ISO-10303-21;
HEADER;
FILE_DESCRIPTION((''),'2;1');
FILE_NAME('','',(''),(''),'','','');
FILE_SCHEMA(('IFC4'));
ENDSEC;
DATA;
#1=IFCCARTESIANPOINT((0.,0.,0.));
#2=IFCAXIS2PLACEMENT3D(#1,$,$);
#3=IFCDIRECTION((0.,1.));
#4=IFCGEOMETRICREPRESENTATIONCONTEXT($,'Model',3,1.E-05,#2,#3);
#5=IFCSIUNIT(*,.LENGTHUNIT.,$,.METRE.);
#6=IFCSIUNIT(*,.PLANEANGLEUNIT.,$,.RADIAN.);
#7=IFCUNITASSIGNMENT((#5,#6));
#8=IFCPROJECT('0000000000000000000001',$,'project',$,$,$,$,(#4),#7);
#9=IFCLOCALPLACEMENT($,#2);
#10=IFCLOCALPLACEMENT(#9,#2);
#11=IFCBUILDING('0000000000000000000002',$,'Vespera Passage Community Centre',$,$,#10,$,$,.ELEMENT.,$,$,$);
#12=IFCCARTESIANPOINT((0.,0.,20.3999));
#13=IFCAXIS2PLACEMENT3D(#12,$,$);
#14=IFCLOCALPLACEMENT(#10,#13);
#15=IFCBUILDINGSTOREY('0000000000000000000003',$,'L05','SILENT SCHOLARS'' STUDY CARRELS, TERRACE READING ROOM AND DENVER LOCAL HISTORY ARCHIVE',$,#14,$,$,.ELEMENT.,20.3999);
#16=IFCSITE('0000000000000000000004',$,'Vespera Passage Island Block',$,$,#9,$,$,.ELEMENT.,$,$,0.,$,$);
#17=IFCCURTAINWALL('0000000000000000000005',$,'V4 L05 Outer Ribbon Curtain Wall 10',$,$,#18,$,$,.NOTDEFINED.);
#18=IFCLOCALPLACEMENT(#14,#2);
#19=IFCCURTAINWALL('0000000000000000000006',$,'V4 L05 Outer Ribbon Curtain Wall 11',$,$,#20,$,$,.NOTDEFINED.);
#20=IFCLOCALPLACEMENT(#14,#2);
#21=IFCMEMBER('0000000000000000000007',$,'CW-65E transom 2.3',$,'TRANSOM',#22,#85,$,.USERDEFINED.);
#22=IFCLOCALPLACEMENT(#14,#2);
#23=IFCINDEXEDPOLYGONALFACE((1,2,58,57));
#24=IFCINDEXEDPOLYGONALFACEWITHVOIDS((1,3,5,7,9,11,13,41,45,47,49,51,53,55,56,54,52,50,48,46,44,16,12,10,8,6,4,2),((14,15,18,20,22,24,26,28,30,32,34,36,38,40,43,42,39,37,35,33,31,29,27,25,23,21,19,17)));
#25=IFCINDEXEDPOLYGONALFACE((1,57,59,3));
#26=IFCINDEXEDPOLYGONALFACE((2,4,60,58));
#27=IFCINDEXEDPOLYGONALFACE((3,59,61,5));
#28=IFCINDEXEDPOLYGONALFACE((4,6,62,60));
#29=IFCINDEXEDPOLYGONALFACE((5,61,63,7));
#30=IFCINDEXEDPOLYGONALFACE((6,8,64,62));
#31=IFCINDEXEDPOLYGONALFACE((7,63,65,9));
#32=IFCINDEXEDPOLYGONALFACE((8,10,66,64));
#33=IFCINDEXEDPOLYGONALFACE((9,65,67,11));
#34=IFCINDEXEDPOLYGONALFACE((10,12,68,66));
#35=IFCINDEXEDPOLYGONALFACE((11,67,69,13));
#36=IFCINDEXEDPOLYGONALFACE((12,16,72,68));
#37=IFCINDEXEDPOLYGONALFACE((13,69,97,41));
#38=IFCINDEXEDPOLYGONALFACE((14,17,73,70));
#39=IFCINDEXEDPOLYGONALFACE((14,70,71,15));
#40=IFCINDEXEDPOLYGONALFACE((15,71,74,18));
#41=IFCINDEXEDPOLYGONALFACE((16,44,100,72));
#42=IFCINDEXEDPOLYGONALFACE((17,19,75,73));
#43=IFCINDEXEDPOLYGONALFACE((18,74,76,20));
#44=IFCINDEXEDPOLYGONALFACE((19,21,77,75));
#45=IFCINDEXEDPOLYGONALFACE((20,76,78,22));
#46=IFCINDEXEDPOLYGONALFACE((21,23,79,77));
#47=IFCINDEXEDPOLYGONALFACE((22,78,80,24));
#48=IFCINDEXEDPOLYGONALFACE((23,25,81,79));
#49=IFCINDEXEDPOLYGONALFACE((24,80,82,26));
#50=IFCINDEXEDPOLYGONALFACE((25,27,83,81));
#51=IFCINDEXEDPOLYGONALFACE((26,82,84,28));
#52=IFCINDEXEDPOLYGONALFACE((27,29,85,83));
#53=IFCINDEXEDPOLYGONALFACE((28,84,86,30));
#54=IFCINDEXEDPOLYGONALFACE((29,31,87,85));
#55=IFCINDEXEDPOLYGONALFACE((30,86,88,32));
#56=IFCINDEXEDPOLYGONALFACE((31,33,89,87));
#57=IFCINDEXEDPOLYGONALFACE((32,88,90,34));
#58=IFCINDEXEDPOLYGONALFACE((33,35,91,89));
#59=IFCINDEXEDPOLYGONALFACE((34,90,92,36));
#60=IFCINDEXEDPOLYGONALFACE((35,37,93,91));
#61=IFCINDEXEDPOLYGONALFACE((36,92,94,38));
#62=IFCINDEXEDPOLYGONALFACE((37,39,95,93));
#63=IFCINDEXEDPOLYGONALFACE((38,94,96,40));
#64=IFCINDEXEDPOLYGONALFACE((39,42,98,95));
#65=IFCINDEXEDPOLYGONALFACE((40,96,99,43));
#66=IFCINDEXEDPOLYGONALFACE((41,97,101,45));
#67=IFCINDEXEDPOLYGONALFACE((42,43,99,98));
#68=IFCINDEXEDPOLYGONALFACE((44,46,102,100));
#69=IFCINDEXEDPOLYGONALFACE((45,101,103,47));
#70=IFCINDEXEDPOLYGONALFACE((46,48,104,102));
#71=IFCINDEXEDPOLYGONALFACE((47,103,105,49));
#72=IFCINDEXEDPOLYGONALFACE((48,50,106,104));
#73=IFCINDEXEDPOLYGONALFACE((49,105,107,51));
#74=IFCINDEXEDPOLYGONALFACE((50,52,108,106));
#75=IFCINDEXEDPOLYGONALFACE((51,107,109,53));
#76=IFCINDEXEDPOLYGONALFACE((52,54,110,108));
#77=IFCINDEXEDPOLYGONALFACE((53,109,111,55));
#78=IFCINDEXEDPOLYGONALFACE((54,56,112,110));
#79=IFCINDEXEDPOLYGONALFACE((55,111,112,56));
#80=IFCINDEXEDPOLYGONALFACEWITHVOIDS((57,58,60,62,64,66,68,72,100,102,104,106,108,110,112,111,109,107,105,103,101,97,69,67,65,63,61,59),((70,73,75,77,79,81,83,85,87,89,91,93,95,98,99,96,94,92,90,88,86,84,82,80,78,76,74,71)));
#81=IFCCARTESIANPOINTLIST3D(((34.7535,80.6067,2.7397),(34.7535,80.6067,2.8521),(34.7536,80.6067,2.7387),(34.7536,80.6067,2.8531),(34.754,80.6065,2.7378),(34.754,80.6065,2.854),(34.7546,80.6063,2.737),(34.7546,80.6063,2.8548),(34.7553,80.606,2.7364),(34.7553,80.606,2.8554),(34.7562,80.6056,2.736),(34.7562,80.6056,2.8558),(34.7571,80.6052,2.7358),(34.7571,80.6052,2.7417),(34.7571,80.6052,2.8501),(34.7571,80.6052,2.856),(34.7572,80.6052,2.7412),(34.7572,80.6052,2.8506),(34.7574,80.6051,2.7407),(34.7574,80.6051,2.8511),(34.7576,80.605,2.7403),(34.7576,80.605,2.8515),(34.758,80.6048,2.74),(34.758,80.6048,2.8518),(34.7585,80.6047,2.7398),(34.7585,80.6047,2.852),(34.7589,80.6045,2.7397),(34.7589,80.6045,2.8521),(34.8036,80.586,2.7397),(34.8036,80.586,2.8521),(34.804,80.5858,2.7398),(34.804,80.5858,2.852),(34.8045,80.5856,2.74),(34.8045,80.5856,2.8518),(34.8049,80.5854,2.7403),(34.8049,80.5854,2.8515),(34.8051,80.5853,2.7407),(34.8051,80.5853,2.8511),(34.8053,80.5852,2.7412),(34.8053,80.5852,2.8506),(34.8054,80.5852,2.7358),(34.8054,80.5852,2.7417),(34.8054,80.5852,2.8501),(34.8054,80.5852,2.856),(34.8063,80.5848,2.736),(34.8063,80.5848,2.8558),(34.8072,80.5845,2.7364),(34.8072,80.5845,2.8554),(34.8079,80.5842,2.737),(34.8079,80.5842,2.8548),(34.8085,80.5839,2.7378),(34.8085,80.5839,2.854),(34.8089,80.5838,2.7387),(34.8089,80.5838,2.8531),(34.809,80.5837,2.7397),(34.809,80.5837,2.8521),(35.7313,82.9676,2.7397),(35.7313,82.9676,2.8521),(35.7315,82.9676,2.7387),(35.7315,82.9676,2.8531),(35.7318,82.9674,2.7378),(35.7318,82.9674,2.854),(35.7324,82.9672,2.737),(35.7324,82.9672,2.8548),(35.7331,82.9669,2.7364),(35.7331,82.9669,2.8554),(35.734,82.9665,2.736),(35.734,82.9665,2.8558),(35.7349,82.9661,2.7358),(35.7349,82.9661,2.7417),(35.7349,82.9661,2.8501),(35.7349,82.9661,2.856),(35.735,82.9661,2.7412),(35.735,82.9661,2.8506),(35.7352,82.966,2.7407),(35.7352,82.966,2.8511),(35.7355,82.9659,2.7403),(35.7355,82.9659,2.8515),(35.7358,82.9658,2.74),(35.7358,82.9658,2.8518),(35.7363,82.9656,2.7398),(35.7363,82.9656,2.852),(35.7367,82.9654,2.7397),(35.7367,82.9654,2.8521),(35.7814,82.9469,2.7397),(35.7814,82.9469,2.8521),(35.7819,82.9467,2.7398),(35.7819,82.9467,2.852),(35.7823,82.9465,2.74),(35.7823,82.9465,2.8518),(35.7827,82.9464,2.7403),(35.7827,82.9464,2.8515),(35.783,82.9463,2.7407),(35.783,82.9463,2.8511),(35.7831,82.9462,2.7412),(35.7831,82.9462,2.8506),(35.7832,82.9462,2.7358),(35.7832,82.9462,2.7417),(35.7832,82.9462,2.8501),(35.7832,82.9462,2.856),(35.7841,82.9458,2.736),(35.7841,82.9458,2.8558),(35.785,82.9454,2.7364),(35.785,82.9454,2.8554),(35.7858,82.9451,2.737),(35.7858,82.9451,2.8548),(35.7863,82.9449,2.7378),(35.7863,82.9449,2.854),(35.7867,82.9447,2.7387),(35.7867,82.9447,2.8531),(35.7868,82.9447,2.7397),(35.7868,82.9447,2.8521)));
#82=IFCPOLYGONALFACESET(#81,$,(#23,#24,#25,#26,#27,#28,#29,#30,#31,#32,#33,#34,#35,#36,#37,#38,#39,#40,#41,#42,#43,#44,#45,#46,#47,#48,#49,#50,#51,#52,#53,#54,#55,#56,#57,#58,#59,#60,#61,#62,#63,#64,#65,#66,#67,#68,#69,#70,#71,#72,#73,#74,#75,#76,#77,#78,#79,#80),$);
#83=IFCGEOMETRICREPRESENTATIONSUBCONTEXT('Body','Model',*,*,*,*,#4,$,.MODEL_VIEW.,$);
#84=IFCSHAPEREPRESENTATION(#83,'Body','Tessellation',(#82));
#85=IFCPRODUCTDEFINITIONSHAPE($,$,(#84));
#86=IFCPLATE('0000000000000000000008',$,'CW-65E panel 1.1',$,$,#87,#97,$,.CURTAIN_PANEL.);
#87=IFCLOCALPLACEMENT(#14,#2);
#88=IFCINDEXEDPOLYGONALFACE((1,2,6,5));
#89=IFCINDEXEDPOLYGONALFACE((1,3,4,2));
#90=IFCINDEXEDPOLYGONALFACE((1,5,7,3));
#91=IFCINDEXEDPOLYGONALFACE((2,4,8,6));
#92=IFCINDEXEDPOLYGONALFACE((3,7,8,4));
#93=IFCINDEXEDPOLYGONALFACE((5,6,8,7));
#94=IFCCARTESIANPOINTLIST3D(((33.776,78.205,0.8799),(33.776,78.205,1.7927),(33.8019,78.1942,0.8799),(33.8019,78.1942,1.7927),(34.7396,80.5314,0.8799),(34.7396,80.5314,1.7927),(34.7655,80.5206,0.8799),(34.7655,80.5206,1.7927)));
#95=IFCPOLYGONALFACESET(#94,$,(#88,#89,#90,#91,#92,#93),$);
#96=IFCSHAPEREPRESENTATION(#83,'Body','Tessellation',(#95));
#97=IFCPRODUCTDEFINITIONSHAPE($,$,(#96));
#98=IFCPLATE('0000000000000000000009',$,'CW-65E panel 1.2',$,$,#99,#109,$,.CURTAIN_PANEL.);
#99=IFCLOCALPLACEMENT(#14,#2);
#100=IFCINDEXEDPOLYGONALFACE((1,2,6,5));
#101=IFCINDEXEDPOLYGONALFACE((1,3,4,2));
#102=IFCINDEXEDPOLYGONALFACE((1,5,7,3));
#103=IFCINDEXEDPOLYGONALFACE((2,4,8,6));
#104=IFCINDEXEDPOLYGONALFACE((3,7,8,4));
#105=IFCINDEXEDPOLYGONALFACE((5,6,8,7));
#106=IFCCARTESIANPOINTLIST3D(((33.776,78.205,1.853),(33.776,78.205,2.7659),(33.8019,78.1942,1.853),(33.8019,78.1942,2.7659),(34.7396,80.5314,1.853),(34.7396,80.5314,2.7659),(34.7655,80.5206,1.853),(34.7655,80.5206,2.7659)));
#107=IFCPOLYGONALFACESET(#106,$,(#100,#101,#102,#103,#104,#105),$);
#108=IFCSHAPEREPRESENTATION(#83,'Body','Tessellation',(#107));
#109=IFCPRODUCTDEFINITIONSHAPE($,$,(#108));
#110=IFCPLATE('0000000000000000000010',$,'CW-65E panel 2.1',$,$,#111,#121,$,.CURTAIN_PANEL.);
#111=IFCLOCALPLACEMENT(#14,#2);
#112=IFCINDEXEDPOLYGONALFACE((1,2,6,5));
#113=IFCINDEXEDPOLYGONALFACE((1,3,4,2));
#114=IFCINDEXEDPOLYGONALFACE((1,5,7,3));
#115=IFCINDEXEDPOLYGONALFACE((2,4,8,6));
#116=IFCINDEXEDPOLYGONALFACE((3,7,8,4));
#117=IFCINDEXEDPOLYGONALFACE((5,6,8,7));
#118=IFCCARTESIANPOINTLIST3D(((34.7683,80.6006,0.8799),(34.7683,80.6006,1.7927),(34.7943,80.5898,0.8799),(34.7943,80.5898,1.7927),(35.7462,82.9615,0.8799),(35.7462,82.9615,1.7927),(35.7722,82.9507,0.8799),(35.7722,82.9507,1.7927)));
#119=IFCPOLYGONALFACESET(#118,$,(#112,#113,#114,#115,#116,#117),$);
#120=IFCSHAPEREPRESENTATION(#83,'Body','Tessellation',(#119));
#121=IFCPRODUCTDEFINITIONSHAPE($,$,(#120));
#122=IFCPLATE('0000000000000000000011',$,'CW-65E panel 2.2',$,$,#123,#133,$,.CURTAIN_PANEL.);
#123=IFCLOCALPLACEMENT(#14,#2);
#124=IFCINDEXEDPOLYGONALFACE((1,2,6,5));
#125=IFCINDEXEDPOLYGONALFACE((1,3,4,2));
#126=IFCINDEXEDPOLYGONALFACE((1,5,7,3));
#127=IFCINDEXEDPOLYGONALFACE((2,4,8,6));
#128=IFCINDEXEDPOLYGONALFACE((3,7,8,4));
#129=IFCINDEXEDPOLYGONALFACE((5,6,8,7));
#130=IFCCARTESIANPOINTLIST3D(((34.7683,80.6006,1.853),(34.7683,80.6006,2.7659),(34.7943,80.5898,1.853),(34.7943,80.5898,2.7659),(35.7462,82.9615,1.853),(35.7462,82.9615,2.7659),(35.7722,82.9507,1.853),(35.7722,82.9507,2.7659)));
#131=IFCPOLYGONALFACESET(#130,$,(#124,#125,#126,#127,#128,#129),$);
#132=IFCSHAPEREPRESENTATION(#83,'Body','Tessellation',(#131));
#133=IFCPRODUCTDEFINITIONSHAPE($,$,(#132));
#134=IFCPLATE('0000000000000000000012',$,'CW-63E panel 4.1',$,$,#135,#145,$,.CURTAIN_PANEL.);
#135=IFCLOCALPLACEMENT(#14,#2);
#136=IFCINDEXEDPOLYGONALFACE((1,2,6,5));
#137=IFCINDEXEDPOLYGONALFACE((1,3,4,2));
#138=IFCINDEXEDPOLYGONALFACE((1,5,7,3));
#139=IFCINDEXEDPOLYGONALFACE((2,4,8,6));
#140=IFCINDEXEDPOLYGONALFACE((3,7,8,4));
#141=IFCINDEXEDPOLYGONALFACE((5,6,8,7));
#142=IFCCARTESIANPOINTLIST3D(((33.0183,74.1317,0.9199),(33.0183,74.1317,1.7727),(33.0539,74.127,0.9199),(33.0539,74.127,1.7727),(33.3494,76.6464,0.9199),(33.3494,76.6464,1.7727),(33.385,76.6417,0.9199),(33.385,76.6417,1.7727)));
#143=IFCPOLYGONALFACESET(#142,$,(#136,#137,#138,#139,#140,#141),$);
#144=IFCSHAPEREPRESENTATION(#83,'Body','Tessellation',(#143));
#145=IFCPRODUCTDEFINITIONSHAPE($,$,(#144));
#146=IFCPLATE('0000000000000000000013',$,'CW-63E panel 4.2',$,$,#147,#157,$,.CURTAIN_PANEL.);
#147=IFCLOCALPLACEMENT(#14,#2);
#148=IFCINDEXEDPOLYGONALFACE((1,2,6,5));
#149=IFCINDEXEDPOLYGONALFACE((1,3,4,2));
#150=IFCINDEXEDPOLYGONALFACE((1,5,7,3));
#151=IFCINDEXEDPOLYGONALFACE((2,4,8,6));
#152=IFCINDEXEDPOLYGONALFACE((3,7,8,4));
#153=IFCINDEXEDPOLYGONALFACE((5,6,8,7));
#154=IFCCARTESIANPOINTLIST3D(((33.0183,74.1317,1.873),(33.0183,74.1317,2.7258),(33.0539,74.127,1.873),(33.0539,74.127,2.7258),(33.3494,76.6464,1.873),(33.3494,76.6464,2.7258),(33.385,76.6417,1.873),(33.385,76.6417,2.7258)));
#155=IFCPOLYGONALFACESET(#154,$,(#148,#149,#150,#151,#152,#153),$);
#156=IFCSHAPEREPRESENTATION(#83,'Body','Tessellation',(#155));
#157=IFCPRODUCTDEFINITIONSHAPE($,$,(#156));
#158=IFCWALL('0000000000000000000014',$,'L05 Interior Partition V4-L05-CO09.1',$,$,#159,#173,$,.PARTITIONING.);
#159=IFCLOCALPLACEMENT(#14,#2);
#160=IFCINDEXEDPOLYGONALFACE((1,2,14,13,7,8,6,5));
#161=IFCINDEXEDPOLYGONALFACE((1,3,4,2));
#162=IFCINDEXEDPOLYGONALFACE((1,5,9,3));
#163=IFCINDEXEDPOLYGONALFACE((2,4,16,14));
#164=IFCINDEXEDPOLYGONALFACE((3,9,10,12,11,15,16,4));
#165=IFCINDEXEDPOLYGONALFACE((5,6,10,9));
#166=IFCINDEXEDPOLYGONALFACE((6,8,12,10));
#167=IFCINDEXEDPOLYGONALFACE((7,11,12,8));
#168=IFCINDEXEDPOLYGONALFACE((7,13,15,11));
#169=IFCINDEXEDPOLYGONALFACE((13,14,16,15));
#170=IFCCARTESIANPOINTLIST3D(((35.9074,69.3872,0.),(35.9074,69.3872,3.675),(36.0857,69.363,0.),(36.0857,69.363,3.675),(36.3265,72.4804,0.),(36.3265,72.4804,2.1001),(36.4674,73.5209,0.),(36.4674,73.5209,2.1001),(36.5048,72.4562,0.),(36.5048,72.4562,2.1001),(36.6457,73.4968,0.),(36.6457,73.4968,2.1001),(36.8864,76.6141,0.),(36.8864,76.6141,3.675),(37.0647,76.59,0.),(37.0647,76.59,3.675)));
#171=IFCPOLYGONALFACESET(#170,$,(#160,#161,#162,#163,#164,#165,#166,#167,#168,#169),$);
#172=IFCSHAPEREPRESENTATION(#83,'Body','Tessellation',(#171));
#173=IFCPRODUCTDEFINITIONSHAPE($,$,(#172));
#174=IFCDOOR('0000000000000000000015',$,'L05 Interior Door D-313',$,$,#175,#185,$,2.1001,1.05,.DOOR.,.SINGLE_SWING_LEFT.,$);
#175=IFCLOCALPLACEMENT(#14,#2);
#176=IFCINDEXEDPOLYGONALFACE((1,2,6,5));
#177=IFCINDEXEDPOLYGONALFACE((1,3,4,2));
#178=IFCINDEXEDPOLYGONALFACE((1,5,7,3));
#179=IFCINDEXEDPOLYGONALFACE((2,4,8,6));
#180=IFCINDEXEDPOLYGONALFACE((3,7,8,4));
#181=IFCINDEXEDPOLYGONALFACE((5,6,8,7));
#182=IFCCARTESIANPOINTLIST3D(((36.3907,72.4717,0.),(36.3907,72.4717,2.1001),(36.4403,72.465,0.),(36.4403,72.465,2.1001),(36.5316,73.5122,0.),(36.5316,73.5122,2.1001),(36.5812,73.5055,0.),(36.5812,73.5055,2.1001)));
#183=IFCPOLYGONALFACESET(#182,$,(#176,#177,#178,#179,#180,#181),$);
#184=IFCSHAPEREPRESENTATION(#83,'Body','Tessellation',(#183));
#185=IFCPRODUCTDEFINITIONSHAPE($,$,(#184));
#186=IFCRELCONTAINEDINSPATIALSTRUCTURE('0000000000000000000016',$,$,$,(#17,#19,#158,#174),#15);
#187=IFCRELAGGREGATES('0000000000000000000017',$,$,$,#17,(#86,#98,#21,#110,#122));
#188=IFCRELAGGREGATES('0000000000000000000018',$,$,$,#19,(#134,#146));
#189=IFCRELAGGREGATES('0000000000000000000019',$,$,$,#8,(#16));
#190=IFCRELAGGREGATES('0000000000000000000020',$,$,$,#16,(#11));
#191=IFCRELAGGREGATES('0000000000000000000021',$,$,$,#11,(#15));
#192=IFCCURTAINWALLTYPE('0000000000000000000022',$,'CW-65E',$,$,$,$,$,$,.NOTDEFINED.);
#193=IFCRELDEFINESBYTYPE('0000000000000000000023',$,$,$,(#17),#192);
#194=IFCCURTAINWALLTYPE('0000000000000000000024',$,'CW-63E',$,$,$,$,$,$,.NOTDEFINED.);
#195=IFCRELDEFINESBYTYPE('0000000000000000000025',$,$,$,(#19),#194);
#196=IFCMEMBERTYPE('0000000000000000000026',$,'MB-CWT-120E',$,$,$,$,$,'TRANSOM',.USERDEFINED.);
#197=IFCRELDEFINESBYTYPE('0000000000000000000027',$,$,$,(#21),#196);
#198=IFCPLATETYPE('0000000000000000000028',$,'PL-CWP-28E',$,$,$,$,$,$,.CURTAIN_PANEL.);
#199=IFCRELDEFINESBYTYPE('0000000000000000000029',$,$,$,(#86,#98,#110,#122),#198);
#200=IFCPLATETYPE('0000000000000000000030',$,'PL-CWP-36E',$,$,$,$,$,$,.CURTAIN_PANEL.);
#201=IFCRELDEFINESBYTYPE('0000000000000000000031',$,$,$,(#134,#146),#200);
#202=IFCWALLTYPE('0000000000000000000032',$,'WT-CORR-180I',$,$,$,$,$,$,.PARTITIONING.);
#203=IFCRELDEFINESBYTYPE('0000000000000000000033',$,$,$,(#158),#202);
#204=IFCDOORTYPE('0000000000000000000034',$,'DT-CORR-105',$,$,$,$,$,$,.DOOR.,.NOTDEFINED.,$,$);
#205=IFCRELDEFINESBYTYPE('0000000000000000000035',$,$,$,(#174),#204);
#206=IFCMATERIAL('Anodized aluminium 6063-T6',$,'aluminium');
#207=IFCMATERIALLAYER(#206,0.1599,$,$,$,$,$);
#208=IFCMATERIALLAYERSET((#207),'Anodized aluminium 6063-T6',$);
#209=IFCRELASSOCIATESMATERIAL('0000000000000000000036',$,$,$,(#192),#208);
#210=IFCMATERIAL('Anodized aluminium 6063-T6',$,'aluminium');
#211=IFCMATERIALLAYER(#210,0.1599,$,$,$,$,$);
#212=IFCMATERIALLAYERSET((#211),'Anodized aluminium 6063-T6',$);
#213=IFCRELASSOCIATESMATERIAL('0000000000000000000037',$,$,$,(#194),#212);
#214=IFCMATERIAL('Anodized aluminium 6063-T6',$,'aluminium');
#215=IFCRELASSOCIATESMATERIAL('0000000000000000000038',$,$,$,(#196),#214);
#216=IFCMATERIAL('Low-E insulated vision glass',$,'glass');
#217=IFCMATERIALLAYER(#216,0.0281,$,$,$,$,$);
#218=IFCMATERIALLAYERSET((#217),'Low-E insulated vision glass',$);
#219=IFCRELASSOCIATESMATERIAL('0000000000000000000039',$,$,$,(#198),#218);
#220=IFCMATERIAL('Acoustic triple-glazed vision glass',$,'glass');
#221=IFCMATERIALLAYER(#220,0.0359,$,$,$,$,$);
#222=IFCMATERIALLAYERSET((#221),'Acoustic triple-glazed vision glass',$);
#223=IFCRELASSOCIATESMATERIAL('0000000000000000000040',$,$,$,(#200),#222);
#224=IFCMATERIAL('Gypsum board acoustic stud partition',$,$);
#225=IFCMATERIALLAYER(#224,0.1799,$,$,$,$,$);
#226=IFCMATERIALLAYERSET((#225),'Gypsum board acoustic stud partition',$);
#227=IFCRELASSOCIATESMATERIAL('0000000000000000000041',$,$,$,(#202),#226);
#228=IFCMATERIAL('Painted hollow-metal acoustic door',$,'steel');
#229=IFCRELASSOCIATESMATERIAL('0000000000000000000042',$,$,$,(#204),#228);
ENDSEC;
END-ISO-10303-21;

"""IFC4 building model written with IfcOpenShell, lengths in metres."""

from ifc_helpers import new_model, si_unit, direction, frame, frame_2d, origin, origin_2d, place, context, subcontext, project, spatial, rectangle, hollow_rectangle, extrude, material, layer, layer_set, material_profile, profile_set, type_object, element, fill, aggregate, save


model = new_model("IFC4")

# Units and contexts
model_context = context("Model", 3, precision=1e-05, world=origin(), true_north=direction((0.0, 1.0)))
body_context = subcontext(model_context, "Body", "Model", "MODEL_VIEW")
ifc_project = project(units=[si_unit("LENGTHUNIT", "METRE"), si_unit("PLANEANGLEUNIT", "RADIAN")], contexts=[model_context])

# Site, building, storey
site_placement = place(None, origin())
site = spatial("IfcSite", under=ifc_project, at=site_placement, Name="Vespera Passage Island Block", CompositionType="ELEMENT", RefElevation=0.0)
building_placement = place(site_placement, origin())
building = spatial("IfcBuilding", under=site, at=building_placement, Name="Vespera Passage Community Centre", CompositionType="ELEMENT")
storey_placement = place(building_placement, frame((0.0, 0.0, 20.3999)))
storey = spatial("IfcBuildingStorey", under=building, at=storey_placement, Name="L05", Description="SILENT SCHOLARS' STUDY CARRELS, TERRACE READING ROOM AND DENVER LOCAL HISTORY ARCHIVE", CompositionType="ELEMENT", Elevation=20.3999)

# Curtain wall
ifc_material_1 = material(Name="Anodized aluminium 6063-T6", Category="aluminium")
ifc_layer_1 = layer(ifc_material_1, 0.1599)
ifc_layer_set_1 = layer_set([ifc_layer_1], Name="Anodized aluminium 6063-T6")
curtain_wall_type_1 = type_object("IfcCurtainWallType", Name="CW-65E", PredefinedType="NOTDEFINED", material=ifc_layer_set_1)
curtain_wall_1_placement = place(storey_placement, origin())
curtain_wall_1 = element("IfcCurtainWall", 1, at=curtain_wall_1_placement, inside=storey, type_object=curtain_wall_type_1, Name="V4 L05 Outer Ribbon Curtain Wall 10", PredefinedType="NOTDEFINED")

# Curtain wall
ifc_material_2 = material(Name="Anodized aluminium 6063-T6", Category="aluminium")
ifc_layer_2 = layer(ifc_material_2, 0.1599)
ifc_layer_set_2 = layer_set([ifc_layer_2], Name="Anodized aluminium 6063-T6")
curtain_wall_type_2 = type_object("IfcCurtainWallType", Name="CW-63E", PredefinedType="NOTDEFINED", material=ifc_layer_set_2)
curtain_wall_2_placement = place(storey_placement, origin())
curtain_wall_2 = element("IfcCurtainWall", 2, at=curtain_wall_2_placement, inside=storey, type_object=curtain_wall_type_2, Name="V4 L05 Outer Ribbon Curtain Wall 11", PredefinedType="NOTDEFINED")

# Member
ifc_material_3 = material(Name="Anodized aluminium 6063-T6", Category="aluminium")
ifc_material_profile_1 = material_profile(ifc_material_3, hollow_rectangle(XDim=0.0601, YDim=0.1201, WallThickness=0.0039, InnerFilletRadius=0.002, OuterFilletRadius=0.0039, at=origin_2d()), Name="ALU120X60X4")
ifc_profile_set_1 = profile_set([ifc_material_profile_1], Name="Anodized aluminium 6063-T6")
member_type_1 = type_object("IfcMemberType", Name="MB-CWT-120E", ElementType="TRANSOM", PredefinedType="USERDEFINED", material=ifc_profile_set_1)
member_1_placement = place(storey_placement, frame((34.7812, 80.5952, 2.7959), z_axis=(0.382647, 0.923895, 0.0), x_axis=(-0.923895, 0.382647, 0.0)))
member_1 = element("IfcMember", 3, at=member_1_placement, type_object=member_type_1, Name="CW-65E transom 2.3", ObjectType="TRANSOM", PredefinedType="USERDEFINED", context=body_context, shape_type="SweptSolid", body=[
    extrude(hollow_rectangle(XDim=0.0601, YDim=0.1201, WallThickness=0.0039, InnerFilletRadius=0.002, OuterFilletRadius=0.0039, at=origin_2d()), origin(), (0.0, 0.0, 1.0), 2.5554),
])

# Plates
ifc_material_4 = material(Name="Low-E insulated vision glass", Category="glass")
ifc_layer_3 = layer(ifc_material_4, 0.0281)
ifc_layer_set_3 = layer_set([ifc_layer_3], Name="Low-E insulated vision glass")
plate_type_1 = type_object("IfcPlateType", Name="PL-CWP-28E", PredefinedType="CURTAIN_PANEL", material=ifc_layer_set_3)
plate_1_placement = place(storey_placement, frame((34.2708, 79.3628, 0.8799), z_axis=(0.0, 0.0, 1.0), x_axis=(0.382679, 0.923881, 0.0)))
plate_1 = element("IfcPlate", 4, at=plate_1_placement, type_object=plate_type_1, Name="CW-65E panel 1.1", PredefinedType="CURTAIN_PANEL", context=body_context, shape_type="SweptSolid", body=[
    extrude(rectangle(XDim=2.5181, YDim=0.0281, at=origin_2d()), origin(), (0.0, 0.0, 1.0), 0.9128),
])
plate_2_placement = place(storey_placement, frame((34.2708, 79.3628, 1.853), z_axis=(0.0, 0.0, 1.0), x_axis=(0.382679, 0.923881, 0.0)))
plate_2 = element("IfcPlate", 5, at=plate_2_placement, type_object=plate_type_1, Name="CW-65E panel 1.2", PredefinedType="CURTAIN_PANEL", context=body_context, shape_type="SweptSolid", body=[
    extrude(rectangle(XDim=2.5181, YDim=0.0281, at=origin_2d()), origin(), (0.0, 0.0, 1.0), 0.9128),
])
plate_3_placement = place(storey_placement, frame((35.2703, 81.7756, 0.8799), z_axis=(0.0, 0.0, 1.0), x_axis=(0.382679, 0.923881, 0.0)))
plate_3 = element("IfcPlate", 6, at=plate_3_placement, type_object=plate_type_1, Name="CW-65E panel 2.1", PredefinedType="CURTAIN_PANEL", context=body_context, shape_type="SweptSolid", body=[
    extrude(rectangle(XDim=2.5554, YDim=0.0281, at=origin_2d()), origin(), (0.0, 0.0, 1.0), 0.9128),
])
plate_4_placement = place(storey_placement, frame((35.2703, 81.7756, 1.853), z_axis=(0.0, 0.0, 1.0), x_axis=(0.382679, 0.923881, 0.0)))
plate_4 = element("IfcPlate", 7, at=plate_4_placement, type_object=plate_type_1, Name="CW-65E panel 2.2", PredefinedType="CURTAIN_PANEL", context=body_context, shape_type="SweptSolid", body=[
    extrude(rectangle(XDim=2.5554, YDim=0.0281, at=origin_2d()), origin(), (0.0, 0.0, 1.0), 0.9128),
])
aggregate(curtain_wall_1, [plate_1, plate_2, member_1, plate_3, plate_4])
ifc_material_5 = material(Name="Acoustic triple-glazed vision glass", Category="glass")
ifc_layer_4 = layer(ifc_material_5, 0.0359)
ifc_layer_set_4 = layer_set([ifc_layer_4], Name="Acoustic triple-glazed vision glass")
plate_type_2 = type_object("IfcPlateType", Name="PL-CWP-36E", PredefinedType="CURTAIN_PANEL", material=ifc_layer_set_4)
plate_5_placement = place(storey_placement, frame((33.2017, 75.3867, 0.9199), z_axis=(0.0, 0.0, 1.0), x_axis=(0.130523, 0.991445, 0.0)))
plate_5 = element("IfcPlate", 8, at=plate_5_placement, type_object=plate_type_2, Name="CW-63E panel 4.1", PredefinedType="CURTAIN_PANEL", context=body_context, shape_type="SweptSolid", body=[
    extrude(rectangle(XDim=2.5364, YDim=0.0359, at=origin_2d()), origin(), (0.0, 0.0, 1.0), 0.8528),
])
plate_6_placement = place(storey_placement, frame((33.2017, 75.3867, 1.873), z_axis=(0.0, 0.0, 1.0), x_axis=(0.130523, 0.991445, 0.0)))
plate_6 = element("IfcPlate", 9, at=plate_6_placement, type_object=plate_type_2, Name="CW-63E panel 4.2", PredefinedType="CURTAIN_PANEL", context=body_context, shape_type="SweptSolid", body=[
    extrude(rectangle(XDim=2.5364, YDim=0.0359, at=origin_2d()), origin(), (0.0, 0.0, 1.0), 0.8528),
])
aggregate(curtain_wall_2, [plate_5, plate_6])

# Wall, opening, door
ifc_material_6 = material(Name="Gypsum board acoustic stud partition")
ifc_layer_5 = layer(ifc_material_6, 0.1799)
ifc_layer_set_5 = layer_set([ifc_layer_5], Name="Gypsum board acoustic stud partition")
wall_type_1 = type_object("IfcWallType", Name="WT-CORR-180I", PredefinedType="PARTITIONING", material=ifc_layer_set_5)
wall_1_placement = place(storey_placement, frame((36.9756, 76.6021, 0.0), z_axis=(0.0, 0.0, 1.0), x_axis=(-0.134238, -0.990949, 0.0)))
wall_1 = element("IfcWall", 10, at=wall_1_placement, inside=storey, type_object=wall_type_1, Name="L05 Interior Partition V4-L05-CO09.1", PredefinedType="PARTITIONING", context=body_context, shape_type="SweptSolid", body=[
    extrude(rectangle(XDim=7.293, YDim=0.1799, at=frame_2d((3.6465, 0.0))), origin(), (0.0, 0.0, 1.0), 3.675),
])
opening_1_placement = place(wall_1_placement, frame((3.1216, 0.0, 0.0)))
opening_1 = element("IfcOpeningElement", 11, at=opening_1_placement, cuts=wall_1, PredefinedType="OPENING", context=body_context, shape_type="SweptSolid", body=[
    extrude(rectangle(XDim=1.05, YDim=2.1001, at=frame_2d((0.5249, 1.05))), frame((0.0, 0.0999, 0.0), z_axis=(0.0, -1.0, 0.0), x_axis=(1.0, 0.0, 0.0)), (0.0, 0.0, 1.0), 0.2),
])
ifc_material_7 = material(Name="Painted hollow-metal acoustic door", Category="steel")
door_type_1 = type_object("IfcDoorType", Name="DT-CORR-105", OperationType="NOTDEFINED", PredefinedType="DOOR", material=ifc_material_7)
door_1_placement = place(opening_1_placement, origin())
door_1 = element("IfcDoor", 12, at=door_1_placement, inside=storey, type_object=door_type_1, Name="L05 Interior Door D-313", OperationType="SINGLE_SWING_LEFT", OverallHeight=2.1001, OverallWidth=1.05, PredefinedType="DOOR", context=body_context, shape_type="SweptSolid", body=[
    extrude(rectangle(XDim=1.05, YDim=2.1001, at=frame_2d((0.5249, 1.05))), frame((0.0, 0.0249, 0.0), z_axis=(0.0, -1.0, 0.0), x_axis=(1.0, 0.0, 0.0)), (0.0, 0.0, 1.0), 0.05),
])
fill(opening_1, door_1)

save(model, "model.ifc")
